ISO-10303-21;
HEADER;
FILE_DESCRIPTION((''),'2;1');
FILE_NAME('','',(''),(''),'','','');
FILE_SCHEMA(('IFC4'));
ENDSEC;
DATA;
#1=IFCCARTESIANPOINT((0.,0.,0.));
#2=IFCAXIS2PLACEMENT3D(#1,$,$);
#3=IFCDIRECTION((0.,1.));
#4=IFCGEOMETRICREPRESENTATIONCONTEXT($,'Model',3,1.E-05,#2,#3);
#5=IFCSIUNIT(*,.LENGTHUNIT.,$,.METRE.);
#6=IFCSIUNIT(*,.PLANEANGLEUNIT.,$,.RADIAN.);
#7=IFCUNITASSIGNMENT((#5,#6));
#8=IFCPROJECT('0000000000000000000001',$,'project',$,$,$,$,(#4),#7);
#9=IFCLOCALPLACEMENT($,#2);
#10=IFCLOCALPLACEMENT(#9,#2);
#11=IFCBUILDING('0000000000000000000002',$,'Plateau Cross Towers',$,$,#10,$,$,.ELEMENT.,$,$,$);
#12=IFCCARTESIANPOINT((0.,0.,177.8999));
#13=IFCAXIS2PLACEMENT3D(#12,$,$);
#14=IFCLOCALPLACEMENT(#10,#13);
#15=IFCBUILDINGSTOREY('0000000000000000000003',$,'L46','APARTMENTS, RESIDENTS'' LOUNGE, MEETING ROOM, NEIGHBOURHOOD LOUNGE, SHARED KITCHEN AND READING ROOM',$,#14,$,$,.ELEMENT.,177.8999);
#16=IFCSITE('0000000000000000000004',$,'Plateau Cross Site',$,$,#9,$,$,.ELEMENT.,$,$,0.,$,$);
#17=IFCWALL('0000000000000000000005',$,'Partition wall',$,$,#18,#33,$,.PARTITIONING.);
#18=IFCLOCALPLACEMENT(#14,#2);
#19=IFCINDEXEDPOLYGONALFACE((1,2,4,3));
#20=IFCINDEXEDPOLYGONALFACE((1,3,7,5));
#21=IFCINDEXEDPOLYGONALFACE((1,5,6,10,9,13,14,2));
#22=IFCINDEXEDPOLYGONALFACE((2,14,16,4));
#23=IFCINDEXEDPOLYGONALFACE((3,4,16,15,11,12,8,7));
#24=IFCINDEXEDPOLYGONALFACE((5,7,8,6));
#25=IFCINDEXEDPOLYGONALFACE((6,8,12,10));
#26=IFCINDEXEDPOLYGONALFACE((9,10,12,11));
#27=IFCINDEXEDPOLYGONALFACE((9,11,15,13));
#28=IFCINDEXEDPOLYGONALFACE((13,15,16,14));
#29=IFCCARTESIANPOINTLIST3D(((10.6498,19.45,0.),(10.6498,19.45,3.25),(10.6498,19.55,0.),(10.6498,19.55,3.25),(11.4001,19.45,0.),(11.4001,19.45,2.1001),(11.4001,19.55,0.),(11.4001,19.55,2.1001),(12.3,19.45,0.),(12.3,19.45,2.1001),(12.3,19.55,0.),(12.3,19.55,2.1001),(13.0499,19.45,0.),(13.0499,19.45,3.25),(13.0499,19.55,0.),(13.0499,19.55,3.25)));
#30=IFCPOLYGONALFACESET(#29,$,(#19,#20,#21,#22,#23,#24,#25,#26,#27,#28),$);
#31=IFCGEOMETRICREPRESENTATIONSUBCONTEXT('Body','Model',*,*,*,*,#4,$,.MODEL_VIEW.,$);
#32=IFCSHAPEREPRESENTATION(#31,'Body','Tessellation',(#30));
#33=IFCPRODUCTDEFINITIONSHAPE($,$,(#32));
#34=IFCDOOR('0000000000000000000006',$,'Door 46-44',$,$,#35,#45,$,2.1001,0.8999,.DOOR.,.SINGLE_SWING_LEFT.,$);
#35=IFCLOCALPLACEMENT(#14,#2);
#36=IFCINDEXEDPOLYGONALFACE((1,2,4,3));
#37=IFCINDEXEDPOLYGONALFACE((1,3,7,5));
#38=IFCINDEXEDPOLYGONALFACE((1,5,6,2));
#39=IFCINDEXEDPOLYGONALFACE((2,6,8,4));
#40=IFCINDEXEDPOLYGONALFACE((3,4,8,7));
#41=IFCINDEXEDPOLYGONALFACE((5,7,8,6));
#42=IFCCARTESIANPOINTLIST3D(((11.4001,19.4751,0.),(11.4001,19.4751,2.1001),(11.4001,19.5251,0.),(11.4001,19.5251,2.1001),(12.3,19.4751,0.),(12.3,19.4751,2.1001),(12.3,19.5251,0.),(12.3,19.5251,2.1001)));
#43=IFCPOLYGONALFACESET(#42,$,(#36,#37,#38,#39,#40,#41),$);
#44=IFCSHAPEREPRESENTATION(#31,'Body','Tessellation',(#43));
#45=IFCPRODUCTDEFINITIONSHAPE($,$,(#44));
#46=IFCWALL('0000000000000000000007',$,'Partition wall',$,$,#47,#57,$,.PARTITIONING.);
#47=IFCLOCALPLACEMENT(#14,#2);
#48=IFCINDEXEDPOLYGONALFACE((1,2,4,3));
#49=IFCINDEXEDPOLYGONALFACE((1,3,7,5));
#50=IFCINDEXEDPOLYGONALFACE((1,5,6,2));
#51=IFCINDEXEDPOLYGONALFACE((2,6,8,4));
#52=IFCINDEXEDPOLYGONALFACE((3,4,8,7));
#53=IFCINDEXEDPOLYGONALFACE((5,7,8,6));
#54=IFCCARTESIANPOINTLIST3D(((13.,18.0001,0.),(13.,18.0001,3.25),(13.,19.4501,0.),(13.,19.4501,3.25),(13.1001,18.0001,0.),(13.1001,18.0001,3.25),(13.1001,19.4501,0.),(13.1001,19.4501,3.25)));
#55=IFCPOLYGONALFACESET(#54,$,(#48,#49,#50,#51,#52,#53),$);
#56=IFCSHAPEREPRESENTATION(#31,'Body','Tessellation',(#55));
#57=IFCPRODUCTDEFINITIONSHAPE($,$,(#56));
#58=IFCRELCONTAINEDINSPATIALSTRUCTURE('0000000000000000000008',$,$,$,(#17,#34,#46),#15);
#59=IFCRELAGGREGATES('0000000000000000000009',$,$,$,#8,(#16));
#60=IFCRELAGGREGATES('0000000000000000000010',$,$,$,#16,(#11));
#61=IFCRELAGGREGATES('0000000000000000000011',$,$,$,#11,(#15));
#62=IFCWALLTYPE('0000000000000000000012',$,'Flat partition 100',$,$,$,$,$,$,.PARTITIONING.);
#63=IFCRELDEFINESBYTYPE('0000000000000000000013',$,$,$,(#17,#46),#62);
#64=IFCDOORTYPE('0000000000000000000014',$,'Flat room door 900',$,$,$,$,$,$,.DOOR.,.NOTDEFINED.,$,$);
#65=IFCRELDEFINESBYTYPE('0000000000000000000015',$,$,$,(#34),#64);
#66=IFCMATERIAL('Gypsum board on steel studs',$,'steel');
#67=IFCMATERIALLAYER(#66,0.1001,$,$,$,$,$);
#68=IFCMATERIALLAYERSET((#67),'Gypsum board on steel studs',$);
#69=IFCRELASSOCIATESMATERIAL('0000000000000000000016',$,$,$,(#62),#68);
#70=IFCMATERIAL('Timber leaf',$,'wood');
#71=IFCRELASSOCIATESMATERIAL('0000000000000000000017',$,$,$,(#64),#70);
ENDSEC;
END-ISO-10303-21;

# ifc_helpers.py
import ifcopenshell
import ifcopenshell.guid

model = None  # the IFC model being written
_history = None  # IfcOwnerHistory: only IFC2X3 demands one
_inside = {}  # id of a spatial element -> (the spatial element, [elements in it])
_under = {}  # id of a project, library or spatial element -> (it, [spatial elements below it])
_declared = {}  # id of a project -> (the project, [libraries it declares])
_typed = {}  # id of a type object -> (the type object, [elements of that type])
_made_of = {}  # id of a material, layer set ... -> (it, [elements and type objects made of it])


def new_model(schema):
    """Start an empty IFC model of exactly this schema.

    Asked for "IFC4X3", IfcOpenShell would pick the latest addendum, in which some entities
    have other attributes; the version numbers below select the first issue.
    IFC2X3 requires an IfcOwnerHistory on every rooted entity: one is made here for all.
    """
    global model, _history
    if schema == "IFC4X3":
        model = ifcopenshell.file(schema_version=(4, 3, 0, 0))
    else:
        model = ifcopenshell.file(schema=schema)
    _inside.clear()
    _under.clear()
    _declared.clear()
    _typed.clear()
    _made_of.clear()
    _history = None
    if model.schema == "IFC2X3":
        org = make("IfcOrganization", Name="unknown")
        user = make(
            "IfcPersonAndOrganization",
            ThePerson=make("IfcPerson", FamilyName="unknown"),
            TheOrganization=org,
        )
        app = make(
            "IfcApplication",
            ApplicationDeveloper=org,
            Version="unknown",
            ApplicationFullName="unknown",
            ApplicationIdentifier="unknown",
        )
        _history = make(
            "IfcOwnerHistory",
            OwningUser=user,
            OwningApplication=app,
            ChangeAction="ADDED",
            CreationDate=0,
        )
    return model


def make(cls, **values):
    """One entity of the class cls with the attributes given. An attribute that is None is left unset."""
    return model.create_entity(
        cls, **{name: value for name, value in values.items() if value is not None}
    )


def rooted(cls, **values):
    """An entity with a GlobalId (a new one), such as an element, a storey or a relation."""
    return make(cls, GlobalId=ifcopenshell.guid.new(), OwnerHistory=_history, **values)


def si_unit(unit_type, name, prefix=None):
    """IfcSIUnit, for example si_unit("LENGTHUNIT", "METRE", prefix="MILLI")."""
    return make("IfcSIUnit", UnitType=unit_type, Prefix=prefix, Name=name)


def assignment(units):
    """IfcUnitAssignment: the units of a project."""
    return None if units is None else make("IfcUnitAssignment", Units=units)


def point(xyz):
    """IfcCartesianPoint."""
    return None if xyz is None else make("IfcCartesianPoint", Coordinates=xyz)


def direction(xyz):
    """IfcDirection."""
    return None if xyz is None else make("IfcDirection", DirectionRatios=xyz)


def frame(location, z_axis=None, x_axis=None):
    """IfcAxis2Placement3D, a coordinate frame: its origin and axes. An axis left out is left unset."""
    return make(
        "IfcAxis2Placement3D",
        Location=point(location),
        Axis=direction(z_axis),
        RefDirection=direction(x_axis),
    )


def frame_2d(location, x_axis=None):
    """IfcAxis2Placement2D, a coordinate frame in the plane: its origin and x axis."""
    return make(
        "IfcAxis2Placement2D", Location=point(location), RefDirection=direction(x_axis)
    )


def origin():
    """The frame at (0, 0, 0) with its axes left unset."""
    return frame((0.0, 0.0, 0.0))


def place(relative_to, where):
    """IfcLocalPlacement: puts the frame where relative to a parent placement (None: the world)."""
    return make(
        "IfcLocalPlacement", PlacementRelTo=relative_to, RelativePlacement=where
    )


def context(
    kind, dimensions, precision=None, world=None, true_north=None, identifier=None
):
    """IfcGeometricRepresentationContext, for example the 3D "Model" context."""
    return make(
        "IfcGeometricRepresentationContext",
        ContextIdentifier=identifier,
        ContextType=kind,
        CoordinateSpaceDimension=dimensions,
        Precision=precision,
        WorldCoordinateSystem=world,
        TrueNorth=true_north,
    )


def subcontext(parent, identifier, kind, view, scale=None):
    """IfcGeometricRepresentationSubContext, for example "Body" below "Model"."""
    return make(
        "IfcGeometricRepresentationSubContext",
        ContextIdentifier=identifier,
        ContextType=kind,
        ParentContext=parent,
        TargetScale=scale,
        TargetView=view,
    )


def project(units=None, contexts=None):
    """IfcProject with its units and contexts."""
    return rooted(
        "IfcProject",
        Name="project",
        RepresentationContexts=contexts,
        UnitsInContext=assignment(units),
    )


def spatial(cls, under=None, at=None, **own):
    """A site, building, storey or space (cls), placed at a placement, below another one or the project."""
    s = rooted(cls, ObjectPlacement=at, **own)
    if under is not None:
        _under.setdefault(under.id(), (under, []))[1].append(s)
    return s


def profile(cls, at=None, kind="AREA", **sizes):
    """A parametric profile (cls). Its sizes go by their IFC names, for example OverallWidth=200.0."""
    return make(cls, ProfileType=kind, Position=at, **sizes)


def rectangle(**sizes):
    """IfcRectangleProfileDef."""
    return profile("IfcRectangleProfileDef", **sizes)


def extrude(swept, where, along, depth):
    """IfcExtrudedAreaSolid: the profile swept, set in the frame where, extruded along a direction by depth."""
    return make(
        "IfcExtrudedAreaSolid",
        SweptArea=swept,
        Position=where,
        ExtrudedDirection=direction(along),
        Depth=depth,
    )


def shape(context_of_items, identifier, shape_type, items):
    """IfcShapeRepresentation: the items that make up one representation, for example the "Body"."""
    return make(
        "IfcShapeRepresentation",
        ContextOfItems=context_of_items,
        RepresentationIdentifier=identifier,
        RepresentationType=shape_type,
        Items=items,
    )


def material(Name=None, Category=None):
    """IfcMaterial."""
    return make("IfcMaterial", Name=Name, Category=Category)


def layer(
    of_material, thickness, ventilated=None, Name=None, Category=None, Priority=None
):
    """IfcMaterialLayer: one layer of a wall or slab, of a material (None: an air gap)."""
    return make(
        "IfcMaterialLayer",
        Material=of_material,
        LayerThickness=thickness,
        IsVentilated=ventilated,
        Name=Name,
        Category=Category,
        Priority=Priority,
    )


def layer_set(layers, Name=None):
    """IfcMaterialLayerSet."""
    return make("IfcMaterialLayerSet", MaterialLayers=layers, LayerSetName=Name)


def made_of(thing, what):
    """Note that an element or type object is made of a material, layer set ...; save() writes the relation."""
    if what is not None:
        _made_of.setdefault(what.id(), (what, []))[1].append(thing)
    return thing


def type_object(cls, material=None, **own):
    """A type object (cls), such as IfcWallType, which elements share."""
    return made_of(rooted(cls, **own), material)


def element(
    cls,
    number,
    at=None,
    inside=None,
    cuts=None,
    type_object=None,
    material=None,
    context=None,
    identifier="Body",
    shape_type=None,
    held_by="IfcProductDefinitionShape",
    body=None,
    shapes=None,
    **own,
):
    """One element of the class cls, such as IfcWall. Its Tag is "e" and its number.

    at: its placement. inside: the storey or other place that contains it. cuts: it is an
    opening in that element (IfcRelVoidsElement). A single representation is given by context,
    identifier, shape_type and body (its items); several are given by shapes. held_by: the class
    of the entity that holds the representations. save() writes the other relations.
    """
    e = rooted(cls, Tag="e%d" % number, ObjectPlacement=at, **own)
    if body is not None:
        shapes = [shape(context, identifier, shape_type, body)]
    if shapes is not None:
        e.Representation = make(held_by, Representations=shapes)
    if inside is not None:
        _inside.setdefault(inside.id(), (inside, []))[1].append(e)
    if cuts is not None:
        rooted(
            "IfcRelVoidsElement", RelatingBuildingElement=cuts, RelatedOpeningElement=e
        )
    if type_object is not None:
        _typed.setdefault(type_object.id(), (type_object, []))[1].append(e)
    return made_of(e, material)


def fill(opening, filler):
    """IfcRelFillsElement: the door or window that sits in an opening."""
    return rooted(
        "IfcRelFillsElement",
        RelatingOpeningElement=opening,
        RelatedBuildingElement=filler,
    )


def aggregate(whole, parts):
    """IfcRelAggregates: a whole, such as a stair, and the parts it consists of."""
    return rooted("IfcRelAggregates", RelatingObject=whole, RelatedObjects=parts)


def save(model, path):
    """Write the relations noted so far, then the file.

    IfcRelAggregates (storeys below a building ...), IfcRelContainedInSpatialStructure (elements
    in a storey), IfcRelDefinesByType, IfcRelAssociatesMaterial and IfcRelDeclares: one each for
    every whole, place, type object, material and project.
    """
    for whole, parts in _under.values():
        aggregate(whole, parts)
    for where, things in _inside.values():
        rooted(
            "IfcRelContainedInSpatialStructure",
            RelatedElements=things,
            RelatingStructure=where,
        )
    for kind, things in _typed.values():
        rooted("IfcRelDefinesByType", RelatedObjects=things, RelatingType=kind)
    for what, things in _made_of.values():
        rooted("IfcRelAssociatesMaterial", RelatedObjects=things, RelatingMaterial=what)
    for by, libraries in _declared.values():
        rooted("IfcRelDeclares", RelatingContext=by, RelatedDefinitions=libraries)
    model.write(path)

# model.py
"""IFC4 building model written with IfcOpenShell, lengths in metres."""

from ifc_helpers import new_model, si_unit, direction, frame, frame_2d, origin, place, context, subcontext, project, spatial, rectangle, extrude, material, layer, layer_set, type_object, element, fill, save


model = new_model("IFC4")

# Units and contexts
model_context = context("Model", 3, precision=1e-05, world=origin(), true_north=direction((0.0, 1.0)))
body_context = subcontext(model_context, "Body", "Model", "MODEL_VIEW")
ifc_project = project(units=[si_unit("LENGTHUNIT", "METRE"), si_unit("PLANEANGLEUNIT", "RADIAN")], contexts=[model_context])

# Site, building, storey
site_placement = place(None, origin())
site = spatial("IfcSite", under=ifc_project, at=site_placement, Name="Plateau Cross Site", CompositionType="ELEMENT", RefElevation=0.0)
building_placement = place(site_placement, origin())
building = spatial("IfcBuilding", under=site, at=building_placement, Name="Plateau Cross Towers", CompositionType="ELEMENT")
storey_placement = place(building_placement, frame((0.0, 0.0, 177.8999)))
storey = spatial("IfcBuildingStorey", under=building, at=storey_placement, Name="L46", Description="APARTMENTS, RESIDENTS' LOUNGE, MEETING ROOM, NEIGHBOURHOOD LOUNGE, SHARED KITCHEN AND READING ROOM", CompositionType="ELEMENT", Elevation=177.8999)

# Wall, opening, door
ifc_material_1 = material(Name="Gypsum board on steel studs", Category="steel")
ifc_layer_1 = layer(ifc_material_1, 0.1001)
ifc_layer_set_1 = layer_set([ifc_layer_1], Name="Gypsum board on steel studs")
wall_type_1 = type_object("IfcWallType", Name="Flat partition 100", PredefinedType="PARTITIONING", material=ifc_layer_set_1)
wall_1_placement = place(storey_placement, frame((13.05, 19.5, 0.0), z_axis=(0.0, 0.0, 1.0), x_axis=(-1.0, 0.0, 0.0)))
wall_1 = element("IfcWall", 1, at=wall_1_placement, inside=storey, type_object=wall_type_1, Name="Partition wall", PredefinedType="PARTITIONING", context=body_context, shape_type="SweptSolid", body=[
    extrude(rectangle(XDim=2.4001, YDim=0.1001, at=frame_2d((1.2002, 0.0))), origin(), (0.0, 0.0, 1.0), 3.25),
])
opening_1_placement = place(wall_1_placement, frame((0.75, 0.0, 0.0)))
opening_1 = element("IfcOpeningElement", 2, at=opening_1_placement, cuts=wall_1, PredefinedType="OPENING", context=body_context, shape_type="SweptSolid", body=[
    extrude(rectangle(XDim=0.8999, YDim=2.1001, at=frame_2d((0.45, 1.05))), frame((0.0, 0.0601, 0.0), z_axis=(0.0, -1.0, 0.0), x_axis=(1.0, 0.0, 0.0)), (0.0, 0.0, 1.0), 0.1201),
])
ifc_material_2 = material(Name="Timber leaf", Category="wood")
door_type_1 = type_object("IfcDoorType", Name="Flat room door 900", OperationType="NOTDEFINED", PredefinedType="DOOR", material=ifc_material_2)
door_1_placement = place(opening_1_placement, origin())
door_1 = element("IfcDoor", 3, at=door_1_placement, inside=storey, type_object=door_type_1, Name="Door 46-44", OperationType="SINGLE_SWING_LEFT", OverallHeight=2.1001, OverallWidth=0.8999, PredefinedType="DOOR", context=body_context, shape_type="SweptSolid", body=[
    extrude(rectangle(XDim=0.8999, YDim=2.1001, at=frame_2d((0.45, 1.05))), frame((0.0, 0.0249, 0.0), z_axis=(0.0, -1.0, 0.0), x_axis=(1.0, 0.0, 0.0)), (0.0, 0.0, 1.0), 0.05),
])
fill(opening_1, door_1)

# Wall
wall_2_placement = place(storey_placement, frame((13.05, 18.0, 0.0), z_axis=(0.0, 0.0, 1.0), x_axis=(0.0, 1.0, 0.0)))
element("IfcWall", 4, at=wall_2_placement, inside=storey, type_object=wall_type_1, Name="Partition wall", PredefinedType="PARTITIONING", context=body_context, shape_type="SweptSolid", body=[
    extrude(rectangle(XDim=1.45, YDim=0.1001, at=frame_2d((0.7251, 0.0))), origin(), (0.0, 0.0, 1.0), 3.25),
])

save(model, "model.ifc")
